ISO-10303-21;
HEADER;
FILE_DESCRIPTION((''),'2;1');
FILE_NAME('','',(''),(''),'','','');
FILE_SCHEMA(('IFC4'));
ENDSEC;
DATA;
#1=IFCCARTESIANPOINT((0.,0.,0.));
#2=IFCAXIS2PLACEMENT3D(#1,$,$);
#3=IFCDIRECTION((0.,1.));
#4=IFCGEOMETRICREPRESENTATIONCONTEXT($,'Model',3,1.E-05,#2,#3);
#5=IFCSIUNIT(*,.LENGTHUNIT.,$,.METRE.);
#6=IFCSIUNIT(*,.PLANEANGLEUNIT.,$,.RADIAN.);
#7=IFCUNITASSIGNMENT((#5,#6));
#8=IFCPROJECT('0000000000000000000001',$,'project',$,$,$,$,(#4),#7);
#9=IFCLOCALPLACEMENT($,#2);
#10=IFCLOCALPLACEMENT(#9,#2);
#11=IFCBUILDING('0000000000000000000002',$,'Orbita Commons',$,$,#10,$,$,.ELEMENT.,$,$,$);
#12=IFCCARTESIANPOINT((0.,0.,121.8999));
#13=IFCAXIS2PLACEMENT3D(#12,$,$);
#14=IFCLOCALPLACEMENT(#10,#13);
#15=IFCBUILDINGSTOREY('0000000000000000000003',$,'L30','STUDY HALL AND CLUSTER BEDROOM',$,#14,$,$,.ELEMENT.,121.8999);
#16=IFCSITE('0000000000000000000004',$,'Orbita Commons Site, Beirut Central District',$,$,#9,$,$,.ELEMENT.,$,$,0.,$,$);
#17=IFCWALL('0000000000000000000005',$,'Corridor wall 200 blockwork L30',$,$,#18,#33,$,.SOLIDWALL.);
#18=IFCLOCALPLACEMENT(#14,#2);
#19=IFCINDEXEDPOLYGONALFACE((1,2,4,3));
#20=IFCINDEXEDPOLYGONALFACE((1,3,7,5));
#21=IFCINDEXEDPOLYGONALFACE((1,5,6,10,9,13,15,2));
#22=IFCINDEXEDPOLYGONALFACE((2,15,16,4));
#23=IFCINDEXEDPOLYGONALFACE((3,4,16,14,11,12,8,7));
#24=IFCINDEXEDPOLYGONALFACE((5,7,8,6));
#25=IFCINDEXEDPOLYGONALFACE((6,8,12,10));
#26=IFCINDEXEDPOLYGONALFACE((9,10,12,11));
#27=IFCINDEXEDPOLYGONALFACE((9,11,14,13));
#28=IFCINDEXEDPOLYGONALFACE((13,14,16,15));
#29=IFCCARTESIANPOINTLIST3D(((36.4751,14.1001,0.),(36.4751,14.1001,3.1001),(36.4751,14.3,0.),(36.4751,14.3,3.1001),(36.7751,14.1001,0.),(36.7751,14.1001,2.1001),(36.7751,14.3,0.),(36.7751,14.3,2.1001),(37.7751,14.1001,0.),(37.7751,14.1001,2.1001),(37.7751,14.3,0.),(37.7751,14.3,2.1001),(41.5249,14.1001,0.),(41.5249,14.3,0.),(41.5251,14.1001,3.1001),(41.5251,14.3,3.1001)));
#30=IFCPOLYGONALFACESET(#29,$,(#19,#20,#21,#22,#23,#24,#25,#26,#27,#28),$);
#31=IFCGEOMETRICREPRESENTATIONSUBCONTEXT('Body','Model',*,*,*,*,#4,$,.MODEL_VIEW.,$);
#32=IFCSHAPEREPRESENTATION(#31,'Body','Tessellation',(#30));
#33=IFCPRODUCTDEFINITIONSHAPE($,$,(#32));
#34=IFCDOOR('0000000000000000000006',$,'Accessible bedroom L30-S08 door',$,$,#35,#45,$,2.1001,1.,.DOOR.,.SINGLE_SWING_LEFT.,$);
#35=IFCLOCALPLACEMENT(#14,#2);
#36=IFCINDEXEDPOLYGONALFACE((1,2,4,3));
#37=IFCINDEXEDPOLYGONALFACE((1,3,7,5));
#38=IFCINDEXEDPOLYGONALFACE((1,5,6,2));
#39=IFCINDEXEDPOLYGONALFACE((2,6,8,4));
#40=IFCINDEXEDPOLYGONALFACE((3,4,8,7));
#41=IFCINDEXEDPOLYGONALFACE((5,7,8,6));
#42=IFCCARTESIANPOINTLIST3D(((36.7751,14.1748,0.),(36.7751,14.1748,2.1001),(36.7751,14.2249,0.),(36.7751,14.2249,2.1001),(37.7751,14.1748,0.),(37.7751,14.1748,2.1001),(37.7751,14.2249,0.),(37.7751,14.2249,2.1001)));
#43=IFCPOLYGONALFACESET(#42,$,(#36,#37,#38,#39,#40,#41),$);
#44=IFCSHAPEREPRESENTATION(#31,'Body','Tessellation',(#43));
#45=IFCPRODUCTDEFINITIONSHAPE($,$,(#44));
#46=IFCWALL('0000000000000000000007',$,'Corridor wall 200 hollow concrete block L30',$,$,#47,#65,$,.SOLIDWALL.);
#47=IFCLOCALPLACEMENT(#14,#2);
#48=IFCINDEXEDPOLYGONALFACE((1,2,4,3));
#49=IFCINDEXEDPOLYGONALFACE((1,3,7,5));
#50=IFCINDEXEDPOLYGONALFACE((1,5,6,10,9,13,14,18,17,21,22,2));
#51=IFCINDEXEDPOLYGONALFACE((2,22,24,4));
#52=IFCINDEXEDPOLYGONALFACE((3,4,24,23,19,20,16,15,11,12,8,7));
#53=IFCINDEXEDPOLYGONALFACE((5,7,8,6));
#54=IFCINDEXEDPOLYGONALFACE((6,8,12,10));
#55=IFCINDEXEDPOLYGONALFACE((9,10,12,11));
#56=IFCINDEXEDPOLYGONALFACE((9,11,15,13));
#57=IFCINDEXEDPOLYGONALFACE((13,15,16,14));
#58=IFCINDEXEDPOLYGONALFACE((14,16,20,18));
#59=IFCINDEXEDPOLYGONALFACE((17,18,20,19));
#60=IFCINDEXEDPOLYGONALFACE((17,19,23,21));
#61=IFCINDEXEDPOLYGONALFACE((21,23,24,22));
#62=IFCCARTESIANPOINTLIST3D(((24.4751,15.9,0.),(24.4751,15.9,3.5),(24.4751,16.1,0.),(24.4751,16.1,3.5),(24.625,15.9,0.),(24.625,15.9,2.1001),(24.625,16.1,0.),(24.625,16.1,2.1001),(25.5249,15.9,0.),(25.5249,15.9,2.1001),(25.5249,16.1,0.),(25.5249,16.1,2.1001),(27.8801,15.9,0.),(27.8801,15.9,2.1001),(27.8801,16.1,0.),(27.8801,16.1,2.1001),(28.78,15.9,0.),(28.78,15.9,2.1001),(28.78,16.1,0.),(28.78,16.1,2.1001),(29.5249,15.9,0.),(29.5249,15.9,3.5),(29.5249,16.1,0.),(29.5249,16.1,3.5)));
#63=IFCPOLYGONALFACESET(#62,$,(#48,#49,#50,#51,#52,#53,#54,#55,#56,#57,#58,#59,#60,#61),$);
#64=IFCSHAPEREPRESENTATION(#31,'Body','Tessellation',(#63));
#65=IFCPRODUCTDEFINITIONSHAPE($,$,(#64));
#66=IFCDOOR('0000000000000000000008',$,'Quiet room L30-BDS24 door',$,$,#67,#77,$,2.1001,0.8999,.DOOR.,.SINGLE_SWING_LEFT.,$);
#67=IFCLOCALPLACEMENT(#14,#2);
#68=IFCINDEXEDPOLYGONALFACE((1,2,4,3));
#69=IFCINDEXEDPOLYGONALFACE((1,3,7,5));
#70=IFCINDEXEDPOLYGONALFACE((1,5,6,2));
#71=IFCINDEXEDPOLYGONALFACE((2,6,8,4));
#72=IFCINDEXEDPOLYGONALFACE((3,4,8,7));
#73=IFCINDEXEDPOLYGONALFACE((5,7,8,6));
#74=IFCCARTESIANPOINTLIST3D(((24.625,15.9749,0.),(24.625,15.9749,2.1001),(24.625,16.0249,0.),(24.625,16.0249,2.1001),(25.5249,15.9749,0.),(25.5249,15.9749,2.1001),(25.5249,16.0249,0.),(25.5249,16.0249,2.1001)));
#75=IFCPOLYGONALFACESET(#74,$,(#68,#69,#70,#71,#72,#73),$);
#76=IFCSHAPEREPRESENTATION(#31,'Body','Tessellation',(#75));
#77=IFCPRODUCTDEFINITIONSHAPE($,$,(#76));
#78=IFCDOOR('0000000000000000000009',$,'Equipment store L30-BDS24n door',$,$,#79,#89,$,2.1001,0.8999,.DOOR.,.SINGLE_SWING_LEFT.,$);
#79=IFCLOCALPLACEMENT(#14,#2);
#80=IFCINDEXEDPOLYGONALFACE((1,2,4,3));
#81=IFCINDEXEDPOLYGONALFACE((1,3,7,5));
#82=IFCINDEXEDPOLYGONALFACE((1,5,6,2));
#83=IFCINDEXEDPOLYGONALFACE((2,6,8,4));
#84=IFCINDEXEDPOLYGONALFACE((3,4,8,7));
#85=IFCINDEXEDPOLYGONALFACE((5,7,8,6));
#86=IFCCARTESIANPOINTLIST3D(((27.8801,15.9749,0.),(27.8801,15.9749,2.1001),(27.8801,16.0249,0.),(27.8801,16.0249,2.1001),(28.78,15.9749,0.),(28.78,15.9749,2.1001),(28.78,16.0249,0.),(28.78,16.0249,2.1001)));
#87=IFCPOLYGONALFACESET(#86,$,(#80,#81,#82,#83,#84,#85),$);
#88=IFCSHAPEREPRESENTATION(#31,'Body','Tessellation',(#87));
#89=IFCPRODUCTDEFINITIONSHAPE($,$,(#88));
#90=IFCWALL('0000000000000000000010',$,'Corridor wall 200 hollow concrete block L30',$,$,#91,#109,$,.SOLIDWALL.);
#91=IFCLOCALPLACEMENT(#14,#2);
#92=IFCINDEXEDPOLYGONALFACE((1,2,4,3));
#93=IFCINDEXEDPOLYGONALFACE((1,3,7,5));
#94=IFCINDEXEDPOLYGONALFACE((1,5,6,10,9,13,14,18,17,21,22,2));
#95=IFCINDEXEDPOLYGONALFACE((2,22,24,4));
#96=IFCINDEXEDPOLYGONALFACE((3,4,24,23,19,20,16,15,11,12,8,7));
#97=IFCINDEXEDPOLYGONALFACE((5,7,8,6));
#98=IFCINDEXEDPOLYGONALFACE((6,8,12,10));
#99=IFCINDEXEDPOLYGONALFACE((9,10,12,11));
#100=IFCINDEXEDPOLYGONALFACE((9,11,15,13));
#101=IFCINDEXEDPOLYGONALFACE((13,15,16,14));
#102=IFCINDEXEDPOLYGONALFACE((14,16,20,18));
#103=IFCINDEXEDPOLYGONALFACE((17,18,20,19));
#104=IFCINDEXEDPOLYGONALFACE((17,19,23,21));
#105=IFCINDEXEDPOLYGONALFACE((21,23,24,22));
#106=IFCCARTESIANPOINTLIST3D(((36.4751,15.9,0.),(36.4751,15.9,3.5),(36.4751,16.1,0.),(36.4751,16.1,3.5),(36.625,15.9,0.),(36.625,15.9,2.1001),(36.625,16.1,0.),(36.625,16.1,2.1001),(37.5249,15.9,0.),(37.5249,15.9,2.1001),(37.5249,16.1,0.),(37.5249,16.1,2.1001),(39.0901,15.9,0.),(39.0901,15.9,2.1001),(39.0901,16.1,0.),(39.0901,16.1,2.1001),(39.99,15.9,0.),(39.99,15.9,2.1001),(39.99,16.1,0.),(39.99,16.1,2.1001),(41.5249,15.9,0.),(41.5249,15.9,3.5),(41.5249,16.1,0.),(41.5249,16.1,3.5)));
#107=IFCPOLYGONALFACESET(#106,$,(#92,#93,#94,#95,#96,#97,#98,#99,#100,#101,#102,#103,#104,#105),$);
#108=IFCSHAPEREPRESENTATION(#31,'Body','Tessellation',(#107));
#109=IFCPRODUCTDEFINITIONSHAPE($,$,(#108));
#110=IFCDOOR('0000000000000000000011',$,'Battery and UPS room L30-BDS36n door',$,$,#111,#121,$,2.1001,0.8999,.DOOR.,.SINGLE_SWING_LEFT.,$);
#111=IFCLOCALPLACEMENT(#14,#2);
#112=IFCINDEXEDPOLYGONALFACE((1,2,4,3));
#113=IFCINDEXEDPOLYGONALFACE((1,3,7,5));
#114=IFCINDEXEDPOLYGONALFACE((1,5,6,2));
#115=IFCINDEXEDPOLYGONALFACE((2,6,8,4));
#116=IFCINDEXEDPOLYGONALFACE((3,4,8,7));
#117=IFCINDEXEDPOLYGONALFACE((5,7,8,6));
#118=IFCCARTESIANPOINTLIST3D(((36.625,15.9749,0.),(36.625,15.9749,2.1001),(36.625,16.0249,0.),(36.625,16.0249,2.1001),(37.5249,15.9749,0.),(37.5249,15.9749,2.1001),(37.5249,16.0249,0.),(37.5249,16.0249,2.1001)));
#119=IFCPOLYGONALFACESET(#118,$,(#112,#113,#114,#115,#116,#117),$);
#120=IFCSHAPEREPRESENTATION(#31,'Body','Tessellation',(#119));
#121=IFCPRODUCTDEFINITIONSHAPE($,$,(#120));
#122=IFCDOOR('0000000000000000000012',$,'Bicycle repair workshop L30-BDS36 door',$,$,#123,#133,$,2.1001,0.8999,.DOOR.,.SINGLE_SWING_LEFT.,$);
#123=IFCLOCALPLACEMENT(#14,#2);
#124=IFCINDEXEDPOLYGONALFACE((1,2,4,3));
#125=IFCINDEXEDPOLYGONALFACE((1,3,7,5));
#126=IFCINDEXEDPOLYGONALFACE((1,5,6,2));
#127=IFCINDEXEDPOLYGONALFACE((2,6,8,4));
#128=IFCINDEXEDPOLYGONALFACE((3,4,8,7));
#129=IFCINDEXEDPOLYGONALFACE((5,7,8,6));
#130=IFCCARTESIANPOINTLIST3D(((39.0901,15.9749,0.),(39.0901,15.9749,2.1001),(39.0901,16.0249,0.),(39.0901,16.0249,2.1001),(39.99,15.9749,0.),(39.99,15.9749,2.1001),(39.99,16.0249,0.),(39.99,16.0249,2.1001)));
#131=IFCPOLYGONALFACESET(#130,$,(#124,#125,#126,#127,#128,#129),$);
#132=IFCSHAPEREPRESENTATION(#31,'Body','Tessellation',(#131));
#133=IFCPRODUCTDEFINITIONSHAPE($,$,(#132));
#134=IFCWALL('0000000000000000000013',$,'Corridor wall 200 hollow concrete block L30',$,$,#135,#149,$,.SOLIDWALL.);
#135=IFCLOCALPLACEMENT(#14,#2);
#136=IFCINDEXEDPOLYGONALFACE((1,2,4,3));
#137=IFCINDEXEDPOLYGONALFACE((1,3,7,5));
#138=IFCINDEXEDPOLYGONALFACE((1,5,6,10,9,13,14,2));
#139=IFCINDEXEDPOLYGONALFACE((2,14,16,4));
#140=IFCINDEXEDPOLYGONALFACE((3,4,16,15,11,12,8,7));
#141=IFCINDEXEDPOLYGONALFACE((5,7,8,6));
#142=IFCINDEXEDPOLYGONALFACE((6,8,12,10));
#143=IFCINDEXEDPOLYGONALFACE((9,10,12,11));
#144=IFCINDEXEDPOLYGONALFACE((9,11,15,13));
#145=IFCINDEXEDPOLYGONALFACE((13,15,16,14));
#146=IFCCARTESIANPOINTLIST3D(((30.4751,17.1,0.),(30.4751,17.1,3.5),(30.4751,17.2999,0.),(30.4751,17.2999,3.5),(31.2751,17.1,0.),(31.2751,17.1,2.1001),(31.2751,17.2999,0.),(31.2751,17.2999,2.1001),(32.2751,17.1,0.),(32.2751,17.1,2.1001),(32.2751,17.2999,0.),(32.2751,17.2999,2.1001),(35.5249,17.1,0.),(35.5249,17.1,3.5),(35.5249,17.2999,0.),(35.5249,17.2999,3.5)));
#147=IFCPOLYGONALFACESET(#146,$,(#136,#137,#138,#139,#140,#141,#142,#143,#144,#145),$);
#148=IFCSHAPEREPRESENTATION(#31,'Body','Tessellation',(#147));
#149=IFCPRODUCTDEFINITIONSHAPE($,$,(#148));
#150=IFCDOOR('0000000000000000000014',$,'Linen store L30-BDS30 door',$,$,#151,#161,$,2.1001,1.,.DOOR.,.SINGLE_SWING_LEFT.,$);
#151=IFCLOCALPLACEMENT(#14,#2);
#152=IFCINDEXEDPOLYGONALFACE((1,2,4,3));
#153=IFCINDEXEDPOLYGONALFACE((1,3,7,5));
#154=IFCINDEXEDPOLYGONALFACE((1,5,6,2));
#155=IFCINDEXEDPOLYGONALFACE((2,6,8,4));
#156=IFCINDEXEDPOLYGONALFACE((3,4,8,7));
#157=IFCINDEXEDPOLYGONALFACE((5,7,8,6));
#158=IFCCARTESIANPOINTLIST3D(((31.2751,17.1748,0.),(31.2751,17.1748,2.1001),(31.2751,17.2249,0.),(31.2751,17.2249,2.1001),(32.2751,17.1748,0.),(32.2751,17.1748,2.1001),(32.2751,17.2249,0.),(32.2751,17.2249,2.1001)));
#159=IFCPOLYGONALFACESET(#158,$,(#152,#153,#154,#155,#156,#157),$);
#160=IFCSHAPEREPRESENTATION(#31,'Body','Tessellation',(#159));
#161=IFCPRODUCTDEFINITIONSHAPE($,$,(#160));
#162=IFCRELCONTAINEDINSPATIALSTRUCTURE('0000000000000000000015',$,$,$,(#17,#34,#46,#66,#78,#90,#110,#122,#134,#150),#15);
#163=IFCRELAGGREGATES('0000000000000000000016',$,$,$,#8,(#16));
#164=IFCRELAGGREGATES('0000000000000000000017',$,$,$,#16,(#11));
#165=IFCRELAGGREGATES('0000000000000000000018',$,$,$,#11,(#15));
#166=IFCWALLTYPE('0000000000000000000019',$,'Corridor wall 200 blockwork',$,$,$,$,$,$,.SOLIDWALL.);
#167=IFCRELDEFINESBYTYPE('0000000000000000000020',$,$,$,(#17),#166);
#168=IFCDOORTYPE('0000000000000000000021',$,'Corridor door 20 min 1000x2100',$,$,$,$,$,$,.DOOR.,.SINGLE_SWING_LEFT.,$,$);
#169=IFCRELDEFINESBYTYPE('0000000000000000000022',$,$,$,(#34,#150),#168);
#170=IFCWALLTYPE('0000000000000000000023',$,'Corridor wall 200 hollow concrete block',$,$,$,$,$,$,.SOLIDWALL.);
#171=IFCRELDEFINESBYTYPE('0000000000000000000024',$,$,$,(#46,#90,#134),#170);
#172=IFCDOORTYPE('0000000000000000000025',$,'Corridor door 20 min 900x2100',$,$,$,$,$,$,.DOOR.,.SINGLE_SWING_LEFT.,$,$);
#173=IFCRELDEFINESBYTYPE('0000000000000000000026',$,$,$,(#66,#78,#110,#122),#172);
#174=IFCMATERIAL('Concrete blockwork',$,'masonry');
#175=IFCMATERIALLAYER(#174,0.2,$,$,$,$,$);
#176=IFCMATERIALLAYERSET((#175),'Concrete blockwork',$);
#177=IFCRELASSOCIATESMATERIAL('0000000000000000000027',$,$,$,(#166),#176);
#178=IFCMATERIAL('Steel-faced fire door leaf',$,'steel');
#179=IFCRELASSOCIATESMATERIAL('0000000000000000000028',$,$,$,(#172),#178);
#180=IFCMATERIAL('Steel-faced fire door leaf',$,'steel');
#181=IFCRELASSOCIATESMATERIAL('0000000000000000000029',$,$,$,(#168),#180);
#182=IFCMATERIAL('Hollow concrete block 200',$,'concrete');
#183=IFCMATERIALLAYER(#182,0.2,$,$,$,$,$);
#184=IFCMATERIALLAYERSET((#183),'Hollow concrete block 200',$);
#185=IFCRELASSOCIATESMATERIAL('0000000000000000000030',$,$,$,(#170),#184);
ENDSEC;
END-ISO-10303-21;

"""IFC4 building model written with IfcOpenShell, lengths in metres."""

from ifc_helpers import new_model, si_unit, direction, frame, frame_2d, origin, place, context, subcontext, project, spatial, polyline, rectangle, outline, extrude, material, layer, layer_set, type_object, element, fill, save


model = new_model("IFC4")

# Units and contexts
model_context = context("Model", 3, precision=1e-05, world=origin(), true_north=direction((0.0, 1.0)))
body_context = subcontext(model_context, "Body", "Model", "MODEL_VIEW")
ifc_project = project(units=[si_unit("LENGTHUNIT", "METRE"), si_unit("PLANEANGLEUNIT", "RADIAN")], contexts=[model_context])

# Site, building, storey
site_placement = place(None, origin())
site = spatial("IfcSite", under=ifc_project, at=site_placement, Name="Orbita Commons Site, Beirut Central District", CompositionType="ELEMENT", RefElevation=0.0)
building_placement = place(site_placement, origin())
building = spatial("IfcBuilding", under=site, at=building_placement, Name="Orbita Commons", CompositionType="ELEMENT")
storey_placement = place(building_placement, frame((0.0, 0.0, 121.8999)))
storey = spatial("IfcBuildingStorey", under=building, at=storey_placement, Name="L30", Description="STUDY HALL AND CLUSTER BEDROOM", CompositionType="ELEMENT", Elevation=121.8999)

# Shared definitions
ifc_material_1 = material(Name="Concrete blockwork", Category="masonry")
ifc_layer_1 = layer(ifc_material_1, 0.2)
ifc_layer_set_1 = layer_set([ifc_layer_1], Name="Concrete blockwork")
wall_type_1 = type_object("IfcWallType", Name="Corridor wall 200 blockwork", PredefinedType="SOLIDWALL", material=ifc_layer_set_1)
ifc_material_2 = material(Name="Steel-faced fire door leaf", Category="steel")
door_type_1 = type_object("IfcDoorType", Name="Corridor door 20 min 900x2100", OperationType="SINGLE_SWING_LEFT", PredefinedType="DOOR", material=ifc_material_2)

# Wall, opening, door
wall_1_placement = place(storey_placement, frame((36.4751, 14.2, 0.0), z_axis=(0.0, 0.0, 1.0), x_axis=(1.0, 0.0, 0.0)))
wall_1 = element("IfcWall", 1, at=wall_1_placement, inside=storey, type_object=wall_type_1, Name="Corridor wall 200 blockwork L30", PredefinedType="SOLIDWALL", context=body_context, shape_type="SweptSolid", body=[
    extrude(outline(polyline([(0.0, 0.0), (5.0498, 0.0), (5.05, 3.1001), (0.0, 3.1001), (0.0, 0.0)])), frame((0.0, 0.1001, 0.0), z_axis=(0.0, -1.0, 0.0), x_axis=(1.0, 0.0, 0.0)), (0.0, 0.0, 1.0), 0.2),
])
opening_1_placement = place(wall_1_placement, frame((0.3, 0.0, 0.0)))
opening_1 = element("IfcOpeningElement", 2, at=opening_1_placement, cuts=wall_1, PredefinedType="OPENING", context=body_context, shape_type="SweptSolid", body=[
    extrude(rectangle(XDim=1.0, YDim=2.1001, at=frame_2d((0.5, 1.05))), frame((0.0, 0.1099, 0.0), z_axis=(0.0, -1.0, 0.0), x_axis=(1.0, 0.0, 0.0)), (0.0, 0.0, 1.0), 0.22),
])
ifc_material_3 = material(Name="Steel-faced fire door leaf", Category="steel")
door_type_2 = type_object("IfcDoorType", Name="Corridor door 20 min 1000x2100", OperationType="SINGLE_SWING_LEFT", PredefinedType="DOOR", material=ifc_material_3)
door_1_placement = place(opening_1_placement, origin())
door_1 = element("IfcDoor", 3, at=door_1_placement, inside=storey, type_object=door_type_2, Name="Accessible bedroom L30-S08 door", OperationType="SINGLE_SWING_LEFT", OverallHeight=2.1001, OverallWidth=1.0, PredefinedType="DOOR", context=body_context, shape_type="SweptSolid", body=[
    extrude(rectangle(XDim=1.0, YDim=2.1001, at=frame_2d((0.5, 1.05))), frame((0.0, 0.0249, 0.0), z_axis=(0.0, -1.0, 0.0), x_axis=(1.0, 0.0, 0.0)), (0.0, 0.0, 1.0), 0.05),
])
fill(opening_1, door_1)

# Walls, openings, doors
ifc_material_4 = material(Name="Hollow concrete block 200", Category="concrete")
ifc_layer_2 = layer(ifc_material_4, 0.2)
ifc_layer_set_2 = layer_set([ifc_layer_2], Name="Hollow concrete block 200")
wall_type_2 = type_object("IfcWallType", Name="Corridor wall 200 hollow concrete block", PredefinedType="SOLIDWALL", material=ifc_layer_set_2)
wall_2_placement = place(storey_placement, frame((24.4751, 16.0, 0.0), z_axis=(0.0, 0.0, 1.0), x_axis=(1.0, 0.0, 0.0)))
wall_2 = element("IfcWall", 4, at=wall_2_placement, inside=storey, type_object=wall_type_2, Name="Corridor wall 200 hollow concrete block L30", PredefinedType="SOLIDWALL", context=body_context, shape_type="SweptSolid", body=[
    extrude(rectangle(XDim=5.0498, YDim=0.2, at=frame_2d((2.5249, 0.0))), origin(), (0.0, 0.0, 1.0), 3.5),
])
opening_2_placement = place(wall_2_placement, frame((0.1499, 0.0, 0.0)))
opening_2 = element("IfcOpeningElement", 5, at=opening_2_placement, cuts=wall_2, PredefinedType="OPENING", context=body_context, shape_type="SweptSolid", body=[
    extrude(rectangle(XDim=0.8999, YDim=2.1001, at=frame_2d((0.45, 1.05))), frame((0.0, 0.1099, 0.0), z_axis=(0.0, -1.0, 0.0), x_axis=(1.0, 0.0, 0.0)), (0.0, 0.0, 1.0), 0.22),
])
opening_3_placement = place(wall_2_placement, frame((3.405, 0.0, 0.0)))
opening_3 = element("IfcOpeningElement", 6, at=opening_3_placement, cuts=wall_2, PredefinedType="OPENING", context=body_context, shape_type="SweptSolid", body=[
    extrude(rectangle(XDim=0.8999, YDim=2.1001, at=frame_2d((0.45, 1.05))), frame((0.0, 0.1099, 0.0), z_axis=(0.0, -1.0, 0.0), x_axis=(1.0, 0.0, 0.0)), (0.0, 0.0, 1.0), 0.22),
])
door_2_placement = place(opening_2_placement, origin())
door_2 = element("IfcDoor", 7, at=door_2_placement, inside=storey, type_object=door_type_1, Name="Quiet room L30-BDS24 door", OperationType="SINGLE_SWING_LEFT", OverallHeight=2.1001, OverallWidth=0.8999, PredefinedType="DOOR", context=body_context, shape_type="SweptSolid", body=[
    extrude(rectangle(XDim=0.8999, YDim=2.1001, at=frame_2d((0.45, 1.05))), frame((0.0, 0.0249, 0.0), z_axis=(0.0, -1.0, 0.0), x_axis=(1.0, 0.0, 0.0)), (0.0, 0.0, 1.0), 0.05),
])
fill(opening_2, door_2)
door_3_placement = place(opening_3_placement, origin())
door_3 = element("IfcDoor", 8, at=door_3_placement, inside=storey, type_object=door_type_1, Name="Equipment store L30-BDS24n door", OperationType="SINGLE_SWING_LEFT", OverallHeight=2.1001, OverallWidth=0.8999, PredefinedType="DOOR", context=body_context, shape_type="SweptSolid", body=[
    extrude(rectangle(XDim=0.8999, YDim=2.1001, at=frame_2d((0.45, 1.05))), frame((0.0, 0.0249, 0.0), z_axis=(0.0, -1.0, 0.0), x_axis=(1.0, 0.0, 0.0)), (0.0, 0.0, 1.0), 0.05),
])
fill(opening_3, door_3)
wall_3_placement = place(storey_placement, frame((36.4751, 16.0, 0.0), z_axis=(0.0, 0.0, 1.0), x_axis=(1.0, 0.0, 0.0)))
wall_3 = element("IfcWall", 9, at=wall_3_placement, inside=storey, type_object=wall_type_2, Name="Corridor wall 200 hollow concrete block L30", PredefinedType="SOLIDWALL", context=body_context, shape_type="SweptSolid", body=[
    extrude(rectangle(XDim=5.0498, YDim=0.2, at=frame_2d((2.5249, 0.0))), origin(), (0.0, 0.0, 1.0), 3.5),
])
opening_4_placement = place(wall_3_placement, frame((0.1499, 0.0, 0.0)))
opening_4 = element("IfcOpeningElement", 10, at=opening_4_placement, cuts=wall_3, PredefinedType="OPENING", context=body_context, shape_type="SweptSolid", body=[
    extrude(rectangle(XDim=0.8999, YDim=2.1001, at=frame_2d((0.45, 1.05))), frame((0.0, 0.1099, 0.0), z_axis=(0.0, -1.0, 0.0), x_axis=(1.0, 0.0, 0.0)), (0.0, 0.0, 1.0), 0.22),
])
opening_5_placement = place(wall_3_placement, frame((2.615, 0.0, 0.0)))
opening_5 = element("IfcOpeningElement", 11, at=opening_5_placement, cuts=wall_3, PredefinedType="OPENING", context=body_context, shape_type="SweptSolid", body=[
    extrude(rectangle(XDim=0.8999, YDim=2.1001, at=frame_2d((0.45, 1.05))), frame((0.0, 0.1099, 0.0), z_axis=(0.0, -1.0, 0.0), x_axis=(1.0, 0.0, 0.0)), (0.0, 0.0, 1.0), 0.22),
])
door_4_placement = place(opening_4_placement, origin())
door_4 = element("IfcDoor", 12, at=door_4_placement, inside=storey, type_object=door_type_1, Name="Battery and UPS room L30-BDS36n door", OperationType="SINGLE_SWING_LEFT", OverallHeight=2.1001, OverallWidth=0.8999, PredefinedType="DOOR", context=body_context, shape_type="SweptSolid", body=[
    extrude(rectangle(XDim=0.8999, YDim=2.1001, at=frame_2d((0.45, 1.05))), frame((0.0, 0.0249, 0.0), z_axis=(0.0, -1.0, 0.0), x_axis=(1.0, 0.0, 0.0)), (0.0, 0.0, 1.0), 0.05),
])
fill(opening_4, door_4)
door_5_placement = place(opening_5_placement, origin())
door_5 = element("IfcDoor", 13, at=door_5_placement, inside=storey, type_object=door_type_1, Name="Bicycle repair workshop L30-BDS36 door", OperationType="SINGLE_SWING_LEFT", OverallHeight=2.1001, OverallWidth=0.8999, PredefinedType="DOOR", context=body_context, shape_type="SweptSolid", body=[
    extrude(rectangle(XDim=0.8999, YDim=2.1001, at=frame_2d((0.45, 1.05))), frame((0.0, 0.0249, 0.0), z_axis=(0.0, -1.0, 0.0), x_axis=(1.0, 0.0, 0.0)), (0.0, 0.0, 1.0), 0.05),
])
fill(opening_5, door_5)

# Wall, opening, door
wall_4_placement = place(storey_placement, frame((30.4751, 17.2, 0.0), z_axis=(0.0, 0.0, 1.0), x_axis=(1.0, 0.0, 0.0)))
wall_4 = element("IfcWall", 14, at=wall_4_placement, inside=storey, type_object=wall_type_2, Name="Corridor wall 200 hollow concrete block L30", PredefinedType="SOLIDWALL", context=body_context, shape_type="SweptSolid", body=[
    extrude(rectangle(XDim=5.0498, YDim=0.2, at=frame_2d((2.5249, 0.0))), origin(), (0.0, 0.0, 1.0), 3.5),
])
opening_6_placement = place(wall_4_placement, frame((0.8, 0.0, 0.0)))
opening_6 = element("IfcOpeningElement", 15, at=opening_6_placement, cuts=wall_4, PredefinedType="OPENING", context=body_context, shape_type="SweptSolid", body=[
    extrude(rectangle(XDim=1.0, YDim=2.1001, at=frame_2d((0.5, 1.05))), frame((0.0, 0.1099, 0.0), z_axis=(0.0, -1.0, 0.0), x_axis=(1.0, 0.0, 0.0)), (0.0, 0.0, 1.0), 0.22),
])
door_6_placement = place(opening_6_placement, origin())
door_6 = element("IfcDoor", 16, at=door_6_placement, inside=storey, type_object=door_type_2, Name="Linen store L30-BDS30 door", OperationType="SINGLE_SWING_LEFT", OverallHeight=2.1001, OverallWidth=1.0, PredefinedType="DOOR", context=body_context, shape_type="SweptSolid", body=[
    extrude(rectangle(XDim=1.0, YDim=2.1001, at=frame_2d((0.5, 1.05))), frame((0.0, 0.0249, 0.0), z_axis=(0.0, -1.0, 0.0), x_axis=(1.0, 0.0, 0.0)), (0.0, 0.0, 1.0), 0.05),
])
fill(opening_6, door_6)

save(model, "model.ifc")
